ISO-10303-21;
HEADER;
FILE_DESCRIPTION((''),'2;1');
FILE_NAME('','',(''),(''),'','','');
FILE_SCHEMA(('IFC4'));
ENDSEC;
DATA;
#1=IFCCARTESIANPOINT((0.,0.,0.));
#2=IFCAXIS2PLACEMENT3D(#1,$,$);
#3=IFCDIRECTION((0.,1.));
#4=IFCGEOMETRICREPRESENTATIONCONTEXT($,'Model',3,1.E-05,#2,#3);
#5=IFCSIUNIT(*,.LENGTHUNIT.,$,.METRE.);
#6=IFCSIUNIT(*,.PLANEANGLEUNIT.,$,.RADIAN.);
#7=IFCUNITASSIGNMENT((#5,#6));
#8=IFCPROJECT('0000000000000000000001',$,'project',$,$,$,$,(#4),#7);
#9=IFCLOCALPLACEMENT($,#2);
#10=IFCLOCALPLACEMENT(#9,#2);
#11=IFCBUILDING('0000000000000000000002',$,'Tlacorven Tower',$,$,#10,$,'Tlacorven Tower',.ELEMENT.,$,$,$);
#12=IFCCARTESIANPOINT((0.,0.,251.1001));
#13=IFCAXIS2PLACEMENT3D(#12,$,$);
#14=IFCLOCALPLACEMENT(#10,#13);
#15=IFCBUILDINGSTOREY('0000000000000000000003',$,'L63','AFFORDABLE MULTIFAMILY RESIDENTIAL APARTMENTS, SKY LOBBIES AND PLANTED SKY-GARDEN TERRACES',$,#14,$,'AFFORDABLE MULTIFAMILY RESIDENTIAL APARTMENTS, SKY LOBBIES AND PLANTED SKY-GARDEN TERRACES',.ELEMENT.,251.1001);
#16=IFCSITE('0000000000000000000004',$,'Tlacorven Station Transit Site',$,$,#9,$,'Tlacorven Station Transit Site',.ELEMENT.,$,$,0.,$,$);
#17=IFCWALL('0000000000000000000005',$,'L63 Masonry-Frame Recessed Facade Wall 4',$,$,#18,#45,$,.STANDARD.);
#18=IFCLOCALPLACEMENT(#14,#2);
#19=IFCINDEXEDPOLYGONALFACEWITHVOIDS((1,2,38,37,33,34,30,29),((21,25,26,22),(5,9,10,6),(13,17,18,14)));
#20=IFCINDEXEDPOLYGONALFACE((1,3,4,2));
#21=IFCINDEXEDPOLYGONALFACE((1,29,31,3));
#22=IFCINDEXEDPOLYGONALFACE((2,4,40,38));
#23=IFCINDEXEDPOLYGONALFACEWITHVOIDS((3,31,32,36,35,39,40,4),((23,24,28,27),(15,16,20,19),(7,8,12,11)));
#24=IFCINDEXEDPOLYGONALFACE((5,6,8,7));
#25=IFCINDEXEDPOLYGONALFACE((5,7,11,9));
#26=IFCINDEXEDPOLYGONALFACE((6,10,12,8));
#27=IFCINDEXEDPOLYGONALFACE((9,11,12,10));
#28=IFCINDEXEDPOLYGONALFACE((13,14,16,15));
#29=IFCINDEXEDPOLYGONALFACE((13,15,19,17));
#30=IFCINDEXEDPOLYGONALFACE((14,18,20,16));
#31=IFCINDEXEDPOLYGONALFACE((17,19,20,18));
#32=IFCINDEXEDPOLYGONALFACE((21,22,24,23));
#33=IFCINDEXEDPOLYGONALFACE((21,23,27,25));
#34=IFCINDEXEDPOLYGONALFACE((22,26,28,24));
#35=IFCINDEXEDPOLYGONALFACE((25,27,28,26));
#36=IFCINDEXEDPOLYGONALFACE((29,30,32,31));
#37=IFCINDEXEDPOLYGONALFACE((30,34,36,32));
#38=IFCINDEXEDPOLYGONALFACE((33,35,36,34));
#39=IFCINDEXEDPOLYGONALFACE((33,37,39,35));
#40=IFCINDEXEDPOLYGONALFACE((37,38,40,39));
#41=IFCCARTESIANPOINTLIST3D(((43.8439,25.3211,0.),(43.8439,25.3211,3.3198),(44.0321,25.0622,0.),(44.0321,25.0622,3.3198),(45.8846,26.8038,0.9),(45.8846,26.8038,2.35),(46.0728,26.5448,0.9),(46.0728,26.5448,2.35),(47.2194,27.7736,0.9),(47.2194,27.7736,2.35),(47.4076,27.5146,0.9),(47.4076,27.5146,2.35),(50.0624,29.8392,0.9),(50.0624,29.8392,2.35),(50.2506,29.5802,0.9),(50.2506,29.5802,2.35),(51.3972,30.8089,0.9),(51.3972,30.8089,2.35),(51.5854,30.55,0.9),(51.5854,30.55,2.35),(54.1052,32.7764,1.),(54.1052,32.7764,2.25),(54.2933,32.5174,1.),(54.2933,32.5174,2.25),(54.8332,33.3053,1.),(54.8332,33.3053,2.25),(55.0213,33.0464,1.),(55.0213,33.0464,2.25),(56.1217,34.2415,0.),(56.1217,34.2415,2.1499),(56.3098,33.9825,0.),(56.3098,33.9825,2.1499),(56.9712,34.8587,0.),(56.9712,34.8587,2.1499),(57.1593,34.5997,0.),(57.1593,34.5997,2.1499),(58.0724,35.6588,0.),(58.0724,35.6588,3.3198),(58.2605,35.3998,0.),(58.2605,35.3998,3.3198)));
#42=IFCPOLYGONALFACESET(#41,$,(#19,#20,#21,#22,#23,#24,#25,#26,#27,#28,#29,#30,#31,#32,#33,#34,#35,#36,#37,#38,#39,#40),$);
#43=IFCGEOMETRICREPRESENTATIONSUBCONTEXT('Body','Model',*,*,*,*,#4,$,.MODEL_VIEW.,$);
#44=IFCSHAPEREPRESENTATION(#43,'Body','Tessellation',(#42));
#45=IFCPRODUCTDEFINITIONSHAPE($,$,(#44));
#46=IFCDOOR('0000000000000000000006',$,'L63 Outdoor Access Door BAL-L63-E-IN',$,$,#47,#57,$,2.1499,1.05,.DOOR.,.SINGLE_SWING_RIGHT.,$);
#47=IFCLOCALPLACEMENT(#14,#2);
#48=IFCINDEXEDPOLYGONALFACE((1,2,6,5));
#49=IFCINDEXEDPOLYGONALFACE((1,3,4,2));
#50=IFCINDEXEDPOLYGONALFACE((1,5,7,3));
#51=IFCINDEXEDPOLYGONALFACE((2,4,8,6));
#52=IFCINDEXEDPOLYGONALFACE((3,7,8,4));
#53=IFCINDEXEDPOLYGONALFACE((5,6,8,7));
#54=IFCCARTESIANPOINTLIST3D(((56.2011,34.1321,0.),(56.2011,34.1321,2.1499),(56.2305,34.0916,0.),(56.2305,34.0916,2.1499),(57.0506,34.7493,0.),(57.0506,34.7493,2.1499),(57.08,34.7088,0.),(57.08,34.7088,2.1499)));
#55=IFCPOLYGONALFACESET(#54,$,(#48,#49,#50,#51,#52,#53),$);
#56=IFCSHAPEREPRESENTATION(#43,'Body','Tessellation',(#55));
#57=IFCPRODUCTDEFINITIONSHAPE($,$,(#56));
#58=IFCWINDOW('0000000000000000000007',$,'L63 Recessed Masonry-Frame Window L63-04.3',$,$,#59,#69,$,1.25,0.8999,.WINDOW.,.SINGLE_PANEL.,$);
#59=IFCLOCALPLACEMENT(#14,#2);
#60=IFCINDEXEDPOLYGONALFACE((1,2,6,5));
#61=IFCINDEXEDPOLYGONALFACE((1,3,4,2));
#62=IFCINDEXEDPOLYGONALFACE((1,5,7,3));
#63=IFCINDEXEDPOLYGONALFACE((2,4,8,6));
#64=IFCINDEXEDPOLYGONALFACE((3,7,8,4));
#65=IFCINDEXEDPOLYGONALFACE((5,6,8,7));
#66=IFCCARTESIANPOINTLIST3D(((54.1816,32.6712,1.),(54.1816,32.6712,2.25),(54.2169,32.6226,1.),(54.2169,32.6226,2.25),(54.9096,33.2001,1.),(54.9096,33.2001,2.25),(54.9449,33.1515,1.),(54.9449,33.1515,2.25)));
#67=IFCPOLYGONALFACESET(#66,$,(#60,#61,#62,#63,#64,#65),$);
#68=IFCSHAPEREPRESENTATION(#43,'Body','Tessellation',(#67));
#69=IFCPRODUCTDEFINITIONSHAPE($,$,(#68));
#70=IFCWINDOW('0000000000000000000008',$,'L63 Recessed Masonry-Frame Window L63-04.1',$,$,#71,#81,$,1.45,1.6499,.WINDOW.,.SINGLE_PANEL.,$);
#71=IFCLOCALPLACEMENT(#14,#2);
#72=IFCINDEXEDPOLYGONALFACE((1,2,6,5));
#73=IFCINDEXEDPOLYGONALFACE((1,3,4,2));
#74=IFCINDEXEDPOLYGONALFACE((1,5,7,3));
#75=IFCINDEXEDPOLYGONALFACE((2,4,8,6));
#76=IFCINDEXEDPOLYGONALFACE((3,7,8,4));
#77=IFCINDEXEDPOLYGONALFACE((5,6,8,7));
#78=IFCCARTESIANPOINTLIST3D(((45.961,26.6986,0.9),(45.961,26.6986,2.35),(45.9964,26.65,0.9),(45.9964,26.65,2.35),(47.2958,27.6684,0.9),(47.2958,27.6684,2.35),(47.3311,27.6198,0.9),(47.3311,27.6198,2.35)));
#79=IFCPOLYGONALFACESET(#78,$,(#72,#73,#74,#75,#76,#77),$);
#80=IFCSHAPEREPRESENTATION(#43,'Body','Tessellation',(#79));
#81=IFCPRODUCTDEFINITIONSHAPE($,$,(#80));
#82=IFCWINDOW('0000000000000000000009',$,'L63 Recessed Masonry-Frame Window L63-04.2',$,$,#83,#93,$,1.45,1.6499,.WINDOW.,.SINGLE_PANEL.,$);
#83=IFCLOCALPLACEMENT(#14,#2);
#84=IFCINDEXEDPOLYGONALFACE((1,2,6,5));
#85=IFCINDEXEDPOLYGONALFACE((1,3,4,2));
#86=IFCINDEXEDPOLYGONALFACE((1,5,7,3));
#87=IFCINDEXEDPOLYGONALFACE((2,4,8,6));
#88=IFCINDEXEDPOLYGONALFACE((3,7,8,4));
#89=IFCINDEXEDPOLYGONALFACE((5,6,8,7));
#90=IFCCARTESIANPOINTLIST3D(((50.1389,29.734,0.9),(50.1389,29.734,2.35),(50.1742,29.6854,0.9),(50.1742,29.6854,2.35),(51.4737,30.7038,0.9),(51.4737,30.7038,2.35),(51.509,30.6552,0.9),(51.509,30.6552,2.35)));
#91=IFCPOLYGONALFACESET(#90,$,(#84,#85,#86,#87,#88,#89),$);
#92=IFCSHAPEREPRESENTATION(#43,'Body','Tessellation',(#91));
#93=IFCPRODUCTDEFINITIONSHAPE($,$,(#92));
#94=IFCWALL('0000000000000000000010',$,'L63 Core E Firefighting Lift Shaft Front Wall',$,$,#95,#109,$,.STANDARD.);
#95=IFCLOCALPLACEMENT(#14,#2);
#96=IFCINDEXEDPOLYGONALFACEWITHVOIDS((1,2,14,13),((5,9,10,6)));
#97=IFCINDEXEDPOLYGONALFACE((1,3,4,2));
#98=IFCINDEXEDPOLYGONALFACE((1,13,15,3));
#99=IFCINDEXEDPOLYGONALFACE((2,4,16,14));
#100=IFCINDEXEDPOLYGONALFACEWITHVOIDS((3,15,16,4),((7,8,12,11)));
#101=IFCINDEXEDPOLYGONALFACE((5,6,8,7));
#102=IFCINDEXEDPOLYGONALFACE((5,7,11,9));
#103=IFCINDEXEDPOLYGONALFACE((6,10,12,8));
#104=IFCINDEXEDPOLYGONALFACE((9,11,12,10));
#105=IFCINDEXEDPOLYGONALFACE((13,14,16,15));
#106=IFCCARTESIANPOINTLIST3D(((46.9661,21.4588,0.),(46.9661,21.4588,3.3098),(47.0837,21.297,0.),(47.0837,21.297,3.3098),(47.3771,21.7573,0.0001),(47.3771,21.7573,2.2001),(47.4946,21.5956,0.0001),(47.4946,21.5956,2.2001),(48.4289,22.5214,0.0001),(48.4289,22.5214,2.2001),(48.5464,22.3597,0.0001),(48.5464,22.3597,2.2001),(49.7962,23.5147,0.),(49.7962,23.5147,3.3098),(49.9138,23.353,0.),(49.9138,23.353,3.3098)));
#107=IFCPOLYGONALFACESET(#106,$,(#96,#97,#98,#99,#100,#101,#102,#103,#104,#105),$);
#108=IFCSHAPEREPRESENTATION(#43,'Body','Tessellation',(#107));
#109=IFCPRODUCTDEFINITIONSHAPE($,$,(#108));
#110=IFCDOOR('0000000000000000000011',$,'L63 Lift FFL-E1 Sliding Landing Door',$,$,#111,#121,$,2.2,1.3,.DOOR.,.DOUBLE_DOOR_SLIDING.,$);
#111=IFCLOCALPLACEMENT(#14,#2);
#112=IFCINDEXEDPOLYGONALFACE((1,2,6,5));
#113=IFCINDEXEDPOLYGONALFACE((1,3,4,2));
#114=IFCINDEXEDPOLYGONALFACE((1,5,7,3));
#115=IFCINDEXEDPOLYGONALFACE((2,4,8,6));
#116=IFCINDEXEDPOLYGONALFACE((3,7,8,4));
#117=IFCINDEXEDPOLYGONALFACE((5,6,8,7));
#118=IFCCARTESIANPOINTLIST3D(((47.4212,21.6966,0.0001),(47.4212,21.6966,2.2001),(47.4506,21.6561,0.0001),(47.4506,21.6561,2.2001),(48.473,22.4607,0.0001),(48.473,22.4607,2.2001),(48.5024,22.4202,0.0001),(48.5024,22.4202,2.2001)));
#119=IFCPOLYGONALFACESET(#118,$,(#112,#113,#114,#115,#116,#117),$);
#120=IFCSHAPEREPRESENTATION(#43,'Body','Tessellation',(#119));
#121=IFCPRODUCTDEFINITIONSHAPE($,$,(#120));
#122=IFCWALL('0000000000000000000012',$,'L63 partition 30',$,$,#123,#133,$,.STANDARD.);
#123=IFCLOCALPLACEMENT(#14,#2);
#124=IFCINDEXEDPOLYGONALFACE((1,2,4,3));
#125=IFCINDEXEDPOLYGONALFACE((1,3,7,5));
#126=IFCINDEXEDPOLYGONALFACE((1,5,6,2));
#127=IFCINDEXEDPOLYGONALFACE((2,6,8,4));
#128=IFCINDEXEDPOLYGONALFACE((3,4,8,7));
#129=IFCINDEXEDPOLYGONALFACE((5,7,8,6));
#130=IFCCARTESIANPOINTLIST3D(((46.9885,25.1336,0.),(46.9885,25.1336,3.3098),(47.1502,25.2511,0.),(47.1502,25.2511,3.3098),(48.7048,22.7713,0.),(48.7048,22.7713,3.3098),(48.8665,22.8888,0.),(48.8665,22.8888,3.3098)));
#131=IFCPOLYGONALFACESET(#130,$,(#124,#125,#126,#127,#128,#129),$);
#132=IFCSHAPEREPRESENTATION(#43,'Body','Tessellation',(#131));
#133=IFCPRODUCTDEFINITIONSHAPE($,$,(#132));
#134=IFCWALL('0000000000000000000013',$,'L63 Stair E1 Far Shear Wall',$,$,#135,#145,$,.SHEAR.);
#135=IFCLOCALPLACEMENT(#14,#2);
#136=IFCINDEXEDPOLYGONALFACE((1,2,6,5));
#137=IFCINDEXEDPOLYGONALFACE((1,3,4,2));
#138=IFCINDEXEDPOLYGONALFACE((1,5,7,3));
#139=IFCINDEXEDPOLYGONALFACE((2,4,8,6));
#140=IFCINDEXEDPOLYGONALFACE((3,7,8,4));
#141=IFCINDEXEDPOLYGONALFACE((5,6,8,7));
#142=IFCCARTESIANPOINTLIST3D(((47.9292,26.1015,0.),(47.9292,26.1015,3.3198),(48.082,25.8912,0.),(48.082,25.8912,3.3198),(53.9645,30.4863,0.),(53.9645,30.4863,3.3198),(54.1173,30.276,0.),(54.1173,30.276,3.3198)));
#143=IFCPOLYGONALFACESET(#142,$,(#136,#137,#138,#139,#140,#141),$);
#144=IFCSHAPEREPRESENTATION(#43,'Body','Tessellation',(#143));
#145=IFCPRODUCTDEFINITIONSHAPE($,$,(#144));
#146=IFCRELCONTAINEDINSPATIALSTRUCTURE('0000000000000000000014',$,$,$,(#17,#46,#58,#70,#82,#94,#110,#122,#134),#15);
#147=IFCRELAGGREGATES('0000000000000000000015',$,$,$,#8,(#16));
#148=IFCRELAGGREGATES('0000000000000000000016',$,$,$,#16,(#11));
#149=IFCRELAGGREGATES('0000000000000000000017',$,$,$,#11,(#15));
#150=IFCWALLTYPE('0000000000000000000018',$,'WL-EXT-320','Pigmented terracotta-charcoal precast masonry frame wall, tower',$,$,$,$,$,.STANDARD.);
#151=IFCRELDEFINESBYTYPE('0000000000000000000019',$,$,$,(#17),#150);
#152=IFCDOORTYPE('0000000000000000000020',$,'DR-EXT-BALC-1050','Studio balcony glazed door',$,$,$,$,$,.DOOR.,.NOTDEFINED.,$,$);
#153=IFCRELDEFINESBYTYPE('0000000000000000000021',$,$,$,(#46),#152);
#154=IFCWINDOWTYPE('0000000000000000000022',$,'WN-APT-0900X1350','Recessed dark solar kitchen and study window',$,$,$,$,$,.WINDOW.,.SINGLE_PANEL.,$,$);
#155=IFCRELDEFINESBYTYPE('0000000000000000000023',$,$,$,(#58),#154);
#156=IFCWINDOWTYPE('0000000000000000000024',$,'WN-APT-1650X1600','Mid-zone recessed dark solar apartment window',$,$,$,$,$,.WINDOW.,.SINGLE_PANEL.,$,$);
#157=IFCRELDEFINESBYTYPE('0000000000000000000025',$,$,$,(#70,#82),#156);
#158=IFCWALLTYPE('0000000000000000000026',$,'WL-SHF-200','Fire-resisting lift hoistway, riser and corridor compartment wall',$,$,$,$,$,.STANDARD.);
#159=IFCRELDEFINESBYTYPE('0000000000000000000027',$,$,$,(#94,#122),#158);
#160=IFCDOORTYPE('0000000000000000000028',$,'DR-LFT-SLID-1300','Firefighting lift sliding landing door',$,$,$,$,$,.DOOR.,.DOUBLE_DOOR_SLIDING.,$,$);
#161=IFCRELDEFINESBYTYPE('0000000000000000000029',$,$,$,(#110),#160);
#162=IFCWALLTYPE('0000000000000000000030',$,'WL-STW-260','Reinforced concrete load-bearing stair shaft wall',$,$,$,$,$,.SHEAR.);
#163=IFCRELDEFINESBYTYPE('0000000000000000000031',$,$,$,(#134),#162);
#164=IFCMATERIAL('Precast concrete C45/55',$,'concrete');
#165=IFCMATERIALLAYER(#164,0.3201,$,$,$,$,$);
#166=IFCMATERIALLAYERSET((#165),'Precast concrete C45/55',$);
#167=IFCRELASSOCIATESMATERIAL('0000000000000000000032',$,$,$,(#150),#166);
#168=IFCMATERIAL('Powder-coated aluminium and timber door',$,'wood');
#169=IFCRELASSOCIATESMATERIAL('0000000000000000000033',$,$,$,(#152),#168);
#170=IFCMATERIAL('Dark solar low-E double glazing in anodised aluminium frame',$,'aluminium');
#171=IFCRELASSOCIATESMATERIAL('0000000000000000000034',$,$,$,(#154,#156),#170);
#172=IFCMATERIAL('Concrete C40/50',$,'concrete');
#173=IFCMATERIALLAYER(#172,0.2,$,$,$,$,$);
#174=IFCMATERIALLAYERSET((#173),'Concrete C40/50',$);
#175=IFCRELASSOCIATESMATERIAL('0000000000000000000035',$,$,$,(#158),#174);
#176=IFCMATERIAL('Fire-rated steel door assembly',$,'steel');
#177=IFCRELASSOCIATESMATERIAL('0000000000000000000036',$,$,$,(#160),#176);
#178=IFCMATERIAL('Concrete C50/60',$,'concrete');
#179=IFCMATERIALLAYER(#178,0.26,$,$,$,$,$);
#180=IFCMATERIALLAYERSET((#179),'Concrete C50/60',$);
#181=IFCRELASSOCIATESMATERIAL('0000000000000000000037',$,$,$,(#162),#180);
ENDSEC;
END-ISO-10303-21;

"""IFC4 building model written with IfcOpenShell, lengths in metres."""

from ifc_helpers import new_model, si_unit, direction, frame, frame_2d, origin, place, context, subcontext, project, spatial, rectangle, extrude, source, transform, mapped, material, layer, layer_set, type_object, element, fill, save


model = new_model("IFC4")

# Units and contexts
model_context = context("Model", 3, precision=1e-05, world=origin(), true_north=direction((0.0, 1.0)))
body_context = subcontext(model_context, "Body", "Model", "MODEL_VIEW")
ifc_project = project(units=[si_unit("LENGTHUNIT", "METRE"), si_unit("PLANEANGLEUNIT", "RADIAN")], contexts=[model_context])

# Site, building, storey
site_placement = place(None, origin())
site = spatial("IfcSite", under=ifc_project, at=site_placement, Name="Tlacorven Station Transit Site", LongName="Tlacorven Station Transit Site", CompositionType="ELEMENT", RefElevation=0.0)
building_placement = place(site_placement, origin())
building = spatial("IfcBuilding", under=site, at=building_placement, Name="Tlacorven Tower", LongName="Tlacorven Tower", CompositionType="ELEMENT")
storey_placement = place(building_placement, frame((0.0, 0.0, 251.1001)))
storey = spatial("IfcBuildingStorey", under=building, at=storey_placement, Name="L63", Description="AFFORDABLE MULTIFAMILY RESIDENTIAL APARTMENTS, SKY LOBBIES AND PLANTED SKY-GARDEN TERRACES", LongName="AFFORDABLE MULTIFAMILY RESIDENTIAL APARTMENTS, SKY LOBBIES AND PLANTED SKY-GARDEN TERRACES", CompositionType="ELEMENT", Elevation=251.1001)

# Shared definitions
ifc_material_1 = material(Name="Concrete C50/60", Category="concrete")

# Wall, openings, door, windows
ifc_material_2 = material(Name="Precast concrete C45/55", Category="concrete")
ifc_layer_1 = layer(ifc_material_2, 0.3201)
ifc_layer_set_1 = layer_set([ifc_layer_1], Name="Precast concrete C45/55")
wall_type_1 = type_object("IfcWallType", Name="WL-EXT-320", Description="Pigmented terracotta-charcoal precast masonry frame wall, tower", PredefinedType="STANDARD", material=ifc_layer_set_1)
wall_1_placement = place(storey_placement, frame((43.938, 25.1917, 0.0), z_axis=(0.0, 0.0, 1.0), x_axis=(0.809016, 0.587786, 0.0)))
wall_1 = element("IfcWall", 1, at=wall_1_placement, inside=storey, type_object=wall_type_1, Name="L63 Masonry-Frame Recessed Facade Wall 4", PredefinedType="STANDARD", context=body_context, shape_type="SweptSolid", body=[
    extrude(rectangle(XDim=17.5874, YDim=0.3201, at=frame_2d((8.7937, 0.0))), origin(), (0.0, 0.0, 1.0), 3.3198),
])
opening_1_placement = place(wall_1_placement, frame((15.1763, 0.0, 0.0)))
opening_1 = element("IfcOpeningElement", 2, at=opening_1_placement, cuts=wall_1, PredefinedType="OPENING", context=body_context, shape_type="SweptSolid", body=[
    extrude(rectangle(XDim=1.05, YDim=2.1499, at=frame_2d((0.5249, 1.075))), frame((0.0, 0.1699, 0.0), z_axis=(0.0, -1.0, 0.0), x_axis=(1.0, 0.0, 0.0)), (0.0, 0.0, 1.0), 0.3401),
])
opening_2_placement = place(wall_1_placement, frame((2.5225, 0.0, 0.8999)))
opening_2 = element("IfcOpeningElement", 3, at=opening_2_placement, cuts=wall_1, PredefinedType="OPENING", context=body_context, shape_type="SweptSolid", body=[
    extrude(rectangle(XDim=1.6499, YDim=1.45, at=frame_2d((0.825, 0.7251))), frame((0.0, 0.1699, 0.0), z_axis=(0.0, -1.0, 0.0), x_axis=(1.0, 0.0, 0.0)), (0.0, 0.0, 1.0), 0.3401),
])
opening_3_placement = place(wall_1_placement, frame((7.6865, 0.0, 0.8999)))
opening_3 = element("IfcOpeningElement", 4, at=opening_3_placement, cuts=wall_1, PredefinedType="OPENING", context=body_context, shape_type="SweptSolid", body=[
    extrude(rectangle(XDim=1.6499, YDim=1.45, at=frame_2d((0.825, 0.7251))), frame((0.0, 0.1699, 0.0), z_axis=(0.0, -1.0, 0.0), x_axis=(1.0, 0.0, 0.0)), (0.0, 0.0, 1.0), 0.3401),
])
opening_4_placement = place(wall_1_placement, frame((12.6836, 0.0, 1.0)))
opening_4 = element("IfcOpeningElement", 5, at=opening_4_placement, cuts=wall_1, PredefinedType="OPENING", context=body_context, shape_type="SweptSolid", body=[
    extrude(rectangle(XDim=0.8999, YDim=1.25, at=frame_2d((0.45, 0.625))), frame((0.0, 0.1699, 0.0), z_axis=(0.0, -1.0, 0.0), x_axis=(1.0, 0.0, 0.0)), (0.0, 0.0, 1.0), 0.3401),
])
ifc_material_3 = material(Name="Powder-coated aluminium and timber door", Category="wood")
door_type_1 = type_object("IfcDoorType", Name="DR-EXT-BALC-1050", Description="Studio balcony glazed door", OperationType="NOTDEFINED", PredefinedType="DOOR", material=ifc_material_3)
shared_shape_1 = source(origin(), body_context, "Body", "SweptSolid", [
    extrude(rectangle(XDim=1.05, YDim=2.1499, at=frame_2d((0.5249, 1.075))), frame((0.0, 0.0249, 0.0), z_axis=(0.0, -1.0, 0.0), x_axis=(1.0, 0.0, 0.0)), (0.0, 0.0, 1.0), 0.05),
])
door_1_placement = place(opening_1_placement, origin())
door_1 = element("IfcDoor", 6, at=door_1_placement, inside=storey, type_object=door_type_1, Name="L63 Outdoor Access Door BAL-L63-E-IN", OperationType="SINGLE_SWING_RIGHT", OverallHeight=2.1499, OverallWidth=1.05, PredefinedType="DOOR", context=body_context, shape_type="MappedRepresentation", body=[
    mapped(shared_shape_1, transform((0.0, 0.0, 0.0), scale=1.0)),
])
fill(opening_1, door_1)
ifc_material_4 = material(Name="Dark solar low-E double glazing in anodised aluminium frame", Category="aluminium")
window_type_1 = type_object("IfcWindowType", Name="WN-APT-0900X1350", Description="Recessed dark solar kitchen and study window", PartitioningType="SINGLE_PANEL", PredefinedType="WINDOW", material=ifc_material_4)
shared_shape_2 = source(origin(), body_context, "Body", "SweptSolid", [
    extrude(rectangle(XDim=0.8999, YDim=1.25, at=frame_2d((0.45, 0.625))), frame((0.0, 0.03, 0.0), z_axis=(0.0, -1.0, 0.0), x_axis=(1.0, 0.0, 0.0)), (0.0, 0.0, 1.0), 0.0601),
])
window_1_placement = place(opening_4_placement, origin())
window_1 = element("IfcWindow", 7, at=window_1_placement, inside=storey, type_object=window_type_1, Name="L63 Recessed Masonry-Frame Window L63-04.3", OverallHeight=1.25, OverallWidth=0.8999, PartitioningType="SINGLE_PANEL", PredefinedType="WINDOW", context=body_context, shape_type="MappedRepresentation", body=[
    mapped(shared_shape_2, transform((0.0, 0.0, 0.0), scale=1.0)),
])
fill(opening_4, window_1)
window_type_2 = type_object("IfcWindowType", Name="WN-APT-1650X1600", Description="Mid-zone recessed dark solar apartment window", PartitioningType="SINGLE_PANEL", PredefinedType="WINDOW", material=ifc_material_4)
shared_shape_3 = source(origin(), body_context, "Body", "SweptSolid", [
    extrude(rectangle(XDim=1.6499, YDim=1.45, at=frame_2d((0.825, 0.7251))), frame((0.0, 0.03, 0.0), z_axis=(0.0, -1.0, 0.0), x_axis=(1.0, 0.0, 0.0)), (0.0, 0.0, 1.0), 0.0601),
])
window_2_placement = place(opening_2_placement, origin())
window_2 = element("IfcWindow", 8, at=window_2_placement, inside=storey, type_object=window_type_2, Name="L63 Recessed Masonry-Frame Window L63-04.1", OverallHeight=1.45, OverallWidth=1.6499, PartitioningType="SINGLE_PANEL", PredefinedType="WINDOW", context=body_context, shape_type="MappedRepresentation", body=[
    mapped(shared_shape_3, transform((0.0, 0.0, 0.0), scale=1.0)),
])
fill(opening_2, window_2)
window_3_placement = place(opening_3_placement, origin())
window_3 = element("IfcWindow", 9, at=window_3_placement, inside=storey, type_object=window_type_2, Name="L63 Recessed Masonry-Frame Window L63-04.2", OverallHeight=1.45, OverallWidth=1.6499, PartitioningType="SINGLE_PANEL", PredefinedType="WINDOW", context=body_context, shape_type="MappedRepresentation", body=[
    mapped(shared_shape_3, transform((0.0, 0.0, 0.0), scale=1.0)),
])
fill(opening_3, window_3)

# Wall, opening, door
ifc_material_5 = material(Name="Concrete C40/50", Category="concrete")
ifc_layer_2 = layer(ifc_material_5, 0.2)
ifc_layer_set_2 = layer_set([ifc_layer_2], Name="Concrete C40/50")
wall_type_2 = type_object("IfcWallType", Name="WL-SHF-200", Description="Fire-resisting lift hoistway, riser and corridor compartment wall", PredefinedType="STANDARD", material=ifc_layer_set_2)
wall_2_placement = place(storey_placement, frame((47.0249, 21.3779, 0.0), z_axis=(0.0, 0.0, 1.0), x_axis=(0.809053, 0.587736, 0.0)))
wall_2 = element("IfcWall", 10, at=wall_2_placement, inside=storey, type_object=wall_type_2, Name="L63 Core E Firefighting Lift Shaft Front Wall", PredefinedType="STANDARD", context=body_context, shape_type="SweptSolid", body=[
    extrude(rectangle(XDim=3.498, YDim=0.2, at=frame_2d((1.749, 0.0))), origin(), (0.0, 0.0, 1.0), 3.3098),
])
opening_5_placement = place(wall_2_placement, frame((0.5081, 0.0, 0.0)))
opening_5 = element("IfcOpeningElement", 11, at=opening_5_placement, cuts=wall_2, PredefinedType="OPENING", context=body_context, shape_type="SweptSolid", body=[
    extrude(rectangle(XDim=1.3, YDim=2.2, at=frame_2d((0.6499, 1.1001))), frame((0.0, 0.1099, 0.0), z_axis=(0.0, -1.0, 0.0), x_axis=(1.0, 0.0, 0.0)), (0.0, 0.0, 1.0), 0.22),
])
ifc_material_6 = material(Name="Fire-rated steel door assembly", Category="steel")
door_type_2 = type_object("IfcDoorType", Name="DR-LFT-SLID-1300", Description="Firefighting lift sliding landing door", OperationType="DOUBLE_DOOR_SLIDING", PredefinedType="DOOR", material=ifc_material_6)
shared_shape_4 = source(origin(), body_context, "Body", "SweptSolid", [
    extrude(rectangle(XDim=1.3, YDim=2.2, at=frame_2d((0.6499, 1.1001))), frame((0.0, 0.0249, 0.0), z_axis=(0.0, -1.0, 0.0), x_axis=(1.0, 0.0, 0.0)), (0.0, 0.0, 1.0), 0.05),
])
door_2_placement = place(opening_5_placement, origin())
door_2 = element("IfcDoor", 12, at=door_2_placement, inside=storey, type_object=door_type_2, Name="L63 Lift FFL-E1 Sliding Landing Door", OperationType="DOUBLE_DOOR_SLIDING", OverallHeight=2.2, OverallWidth=1.3, PredefinedType="DOOR", context=body_context, shape_type="MappedRepresentation", body=[
    mapped(shared_shape_4, transform((0.0, 0.0, 0.0), scale=1.0)),
])
fill(opening_5, door_2)

# Walls
wall_3_placement = place(storey_placement, frame((48.7856, 22.8301, 0.0), z_axis=(0.0, 0.0, 1.0), x_axis=(-0.587784, 0.809018, 0.0)))
element("IfcWall", 13, at=wall_3_placement, inside=storey, type_object=wall_type_2, Name="L63 partition 30", PredefinedType="STANDARD", context=body_context, shape_type="SweptSolid", body=[
    extrude(rectangle(XDim=2.9199, YDim=0.2, at=frame_2d((1.46, 0.0))), origin(), (0.0, 0.0, 1.0), 3.3098),
])
ifc_layer_3 = layer(ifc_material_1, 0.26)
ifc_layer_set_3 = layer_set([ifc_layer_3], Name="Concrete C50/60")
wall_type_3 = type_object("IfcWallType", Name="WL-STW-260", Description="Reinforced concrete load-bearing stair shaft wall", PredefinedType="SHEAR", material=ifc_layer_set_3)
wall_4_placement = place(storey_placement, frame((48.0056, 25.9963, 0.0), z_axis=(0.0, 0.0, 1.0), x_axis=(0.809019, 0.587782, 0.0)))
element("IfcWall", 14, at=wall_4_placement, inside=storey, type_object=wall_type_3, Name="L63 Stair E1 Far Shear Wall", PredefinedType="SHEAR", context=body_context, shape_type="SweptSolid", body=[
    extrude(rectangle(XDim=7.46, YDim=0.26, at=frame_2d((3.73, 0.0))), origin(), (0.0, 0.0, 1.0), 3.3198),
])

save(model, "model.ifc")
